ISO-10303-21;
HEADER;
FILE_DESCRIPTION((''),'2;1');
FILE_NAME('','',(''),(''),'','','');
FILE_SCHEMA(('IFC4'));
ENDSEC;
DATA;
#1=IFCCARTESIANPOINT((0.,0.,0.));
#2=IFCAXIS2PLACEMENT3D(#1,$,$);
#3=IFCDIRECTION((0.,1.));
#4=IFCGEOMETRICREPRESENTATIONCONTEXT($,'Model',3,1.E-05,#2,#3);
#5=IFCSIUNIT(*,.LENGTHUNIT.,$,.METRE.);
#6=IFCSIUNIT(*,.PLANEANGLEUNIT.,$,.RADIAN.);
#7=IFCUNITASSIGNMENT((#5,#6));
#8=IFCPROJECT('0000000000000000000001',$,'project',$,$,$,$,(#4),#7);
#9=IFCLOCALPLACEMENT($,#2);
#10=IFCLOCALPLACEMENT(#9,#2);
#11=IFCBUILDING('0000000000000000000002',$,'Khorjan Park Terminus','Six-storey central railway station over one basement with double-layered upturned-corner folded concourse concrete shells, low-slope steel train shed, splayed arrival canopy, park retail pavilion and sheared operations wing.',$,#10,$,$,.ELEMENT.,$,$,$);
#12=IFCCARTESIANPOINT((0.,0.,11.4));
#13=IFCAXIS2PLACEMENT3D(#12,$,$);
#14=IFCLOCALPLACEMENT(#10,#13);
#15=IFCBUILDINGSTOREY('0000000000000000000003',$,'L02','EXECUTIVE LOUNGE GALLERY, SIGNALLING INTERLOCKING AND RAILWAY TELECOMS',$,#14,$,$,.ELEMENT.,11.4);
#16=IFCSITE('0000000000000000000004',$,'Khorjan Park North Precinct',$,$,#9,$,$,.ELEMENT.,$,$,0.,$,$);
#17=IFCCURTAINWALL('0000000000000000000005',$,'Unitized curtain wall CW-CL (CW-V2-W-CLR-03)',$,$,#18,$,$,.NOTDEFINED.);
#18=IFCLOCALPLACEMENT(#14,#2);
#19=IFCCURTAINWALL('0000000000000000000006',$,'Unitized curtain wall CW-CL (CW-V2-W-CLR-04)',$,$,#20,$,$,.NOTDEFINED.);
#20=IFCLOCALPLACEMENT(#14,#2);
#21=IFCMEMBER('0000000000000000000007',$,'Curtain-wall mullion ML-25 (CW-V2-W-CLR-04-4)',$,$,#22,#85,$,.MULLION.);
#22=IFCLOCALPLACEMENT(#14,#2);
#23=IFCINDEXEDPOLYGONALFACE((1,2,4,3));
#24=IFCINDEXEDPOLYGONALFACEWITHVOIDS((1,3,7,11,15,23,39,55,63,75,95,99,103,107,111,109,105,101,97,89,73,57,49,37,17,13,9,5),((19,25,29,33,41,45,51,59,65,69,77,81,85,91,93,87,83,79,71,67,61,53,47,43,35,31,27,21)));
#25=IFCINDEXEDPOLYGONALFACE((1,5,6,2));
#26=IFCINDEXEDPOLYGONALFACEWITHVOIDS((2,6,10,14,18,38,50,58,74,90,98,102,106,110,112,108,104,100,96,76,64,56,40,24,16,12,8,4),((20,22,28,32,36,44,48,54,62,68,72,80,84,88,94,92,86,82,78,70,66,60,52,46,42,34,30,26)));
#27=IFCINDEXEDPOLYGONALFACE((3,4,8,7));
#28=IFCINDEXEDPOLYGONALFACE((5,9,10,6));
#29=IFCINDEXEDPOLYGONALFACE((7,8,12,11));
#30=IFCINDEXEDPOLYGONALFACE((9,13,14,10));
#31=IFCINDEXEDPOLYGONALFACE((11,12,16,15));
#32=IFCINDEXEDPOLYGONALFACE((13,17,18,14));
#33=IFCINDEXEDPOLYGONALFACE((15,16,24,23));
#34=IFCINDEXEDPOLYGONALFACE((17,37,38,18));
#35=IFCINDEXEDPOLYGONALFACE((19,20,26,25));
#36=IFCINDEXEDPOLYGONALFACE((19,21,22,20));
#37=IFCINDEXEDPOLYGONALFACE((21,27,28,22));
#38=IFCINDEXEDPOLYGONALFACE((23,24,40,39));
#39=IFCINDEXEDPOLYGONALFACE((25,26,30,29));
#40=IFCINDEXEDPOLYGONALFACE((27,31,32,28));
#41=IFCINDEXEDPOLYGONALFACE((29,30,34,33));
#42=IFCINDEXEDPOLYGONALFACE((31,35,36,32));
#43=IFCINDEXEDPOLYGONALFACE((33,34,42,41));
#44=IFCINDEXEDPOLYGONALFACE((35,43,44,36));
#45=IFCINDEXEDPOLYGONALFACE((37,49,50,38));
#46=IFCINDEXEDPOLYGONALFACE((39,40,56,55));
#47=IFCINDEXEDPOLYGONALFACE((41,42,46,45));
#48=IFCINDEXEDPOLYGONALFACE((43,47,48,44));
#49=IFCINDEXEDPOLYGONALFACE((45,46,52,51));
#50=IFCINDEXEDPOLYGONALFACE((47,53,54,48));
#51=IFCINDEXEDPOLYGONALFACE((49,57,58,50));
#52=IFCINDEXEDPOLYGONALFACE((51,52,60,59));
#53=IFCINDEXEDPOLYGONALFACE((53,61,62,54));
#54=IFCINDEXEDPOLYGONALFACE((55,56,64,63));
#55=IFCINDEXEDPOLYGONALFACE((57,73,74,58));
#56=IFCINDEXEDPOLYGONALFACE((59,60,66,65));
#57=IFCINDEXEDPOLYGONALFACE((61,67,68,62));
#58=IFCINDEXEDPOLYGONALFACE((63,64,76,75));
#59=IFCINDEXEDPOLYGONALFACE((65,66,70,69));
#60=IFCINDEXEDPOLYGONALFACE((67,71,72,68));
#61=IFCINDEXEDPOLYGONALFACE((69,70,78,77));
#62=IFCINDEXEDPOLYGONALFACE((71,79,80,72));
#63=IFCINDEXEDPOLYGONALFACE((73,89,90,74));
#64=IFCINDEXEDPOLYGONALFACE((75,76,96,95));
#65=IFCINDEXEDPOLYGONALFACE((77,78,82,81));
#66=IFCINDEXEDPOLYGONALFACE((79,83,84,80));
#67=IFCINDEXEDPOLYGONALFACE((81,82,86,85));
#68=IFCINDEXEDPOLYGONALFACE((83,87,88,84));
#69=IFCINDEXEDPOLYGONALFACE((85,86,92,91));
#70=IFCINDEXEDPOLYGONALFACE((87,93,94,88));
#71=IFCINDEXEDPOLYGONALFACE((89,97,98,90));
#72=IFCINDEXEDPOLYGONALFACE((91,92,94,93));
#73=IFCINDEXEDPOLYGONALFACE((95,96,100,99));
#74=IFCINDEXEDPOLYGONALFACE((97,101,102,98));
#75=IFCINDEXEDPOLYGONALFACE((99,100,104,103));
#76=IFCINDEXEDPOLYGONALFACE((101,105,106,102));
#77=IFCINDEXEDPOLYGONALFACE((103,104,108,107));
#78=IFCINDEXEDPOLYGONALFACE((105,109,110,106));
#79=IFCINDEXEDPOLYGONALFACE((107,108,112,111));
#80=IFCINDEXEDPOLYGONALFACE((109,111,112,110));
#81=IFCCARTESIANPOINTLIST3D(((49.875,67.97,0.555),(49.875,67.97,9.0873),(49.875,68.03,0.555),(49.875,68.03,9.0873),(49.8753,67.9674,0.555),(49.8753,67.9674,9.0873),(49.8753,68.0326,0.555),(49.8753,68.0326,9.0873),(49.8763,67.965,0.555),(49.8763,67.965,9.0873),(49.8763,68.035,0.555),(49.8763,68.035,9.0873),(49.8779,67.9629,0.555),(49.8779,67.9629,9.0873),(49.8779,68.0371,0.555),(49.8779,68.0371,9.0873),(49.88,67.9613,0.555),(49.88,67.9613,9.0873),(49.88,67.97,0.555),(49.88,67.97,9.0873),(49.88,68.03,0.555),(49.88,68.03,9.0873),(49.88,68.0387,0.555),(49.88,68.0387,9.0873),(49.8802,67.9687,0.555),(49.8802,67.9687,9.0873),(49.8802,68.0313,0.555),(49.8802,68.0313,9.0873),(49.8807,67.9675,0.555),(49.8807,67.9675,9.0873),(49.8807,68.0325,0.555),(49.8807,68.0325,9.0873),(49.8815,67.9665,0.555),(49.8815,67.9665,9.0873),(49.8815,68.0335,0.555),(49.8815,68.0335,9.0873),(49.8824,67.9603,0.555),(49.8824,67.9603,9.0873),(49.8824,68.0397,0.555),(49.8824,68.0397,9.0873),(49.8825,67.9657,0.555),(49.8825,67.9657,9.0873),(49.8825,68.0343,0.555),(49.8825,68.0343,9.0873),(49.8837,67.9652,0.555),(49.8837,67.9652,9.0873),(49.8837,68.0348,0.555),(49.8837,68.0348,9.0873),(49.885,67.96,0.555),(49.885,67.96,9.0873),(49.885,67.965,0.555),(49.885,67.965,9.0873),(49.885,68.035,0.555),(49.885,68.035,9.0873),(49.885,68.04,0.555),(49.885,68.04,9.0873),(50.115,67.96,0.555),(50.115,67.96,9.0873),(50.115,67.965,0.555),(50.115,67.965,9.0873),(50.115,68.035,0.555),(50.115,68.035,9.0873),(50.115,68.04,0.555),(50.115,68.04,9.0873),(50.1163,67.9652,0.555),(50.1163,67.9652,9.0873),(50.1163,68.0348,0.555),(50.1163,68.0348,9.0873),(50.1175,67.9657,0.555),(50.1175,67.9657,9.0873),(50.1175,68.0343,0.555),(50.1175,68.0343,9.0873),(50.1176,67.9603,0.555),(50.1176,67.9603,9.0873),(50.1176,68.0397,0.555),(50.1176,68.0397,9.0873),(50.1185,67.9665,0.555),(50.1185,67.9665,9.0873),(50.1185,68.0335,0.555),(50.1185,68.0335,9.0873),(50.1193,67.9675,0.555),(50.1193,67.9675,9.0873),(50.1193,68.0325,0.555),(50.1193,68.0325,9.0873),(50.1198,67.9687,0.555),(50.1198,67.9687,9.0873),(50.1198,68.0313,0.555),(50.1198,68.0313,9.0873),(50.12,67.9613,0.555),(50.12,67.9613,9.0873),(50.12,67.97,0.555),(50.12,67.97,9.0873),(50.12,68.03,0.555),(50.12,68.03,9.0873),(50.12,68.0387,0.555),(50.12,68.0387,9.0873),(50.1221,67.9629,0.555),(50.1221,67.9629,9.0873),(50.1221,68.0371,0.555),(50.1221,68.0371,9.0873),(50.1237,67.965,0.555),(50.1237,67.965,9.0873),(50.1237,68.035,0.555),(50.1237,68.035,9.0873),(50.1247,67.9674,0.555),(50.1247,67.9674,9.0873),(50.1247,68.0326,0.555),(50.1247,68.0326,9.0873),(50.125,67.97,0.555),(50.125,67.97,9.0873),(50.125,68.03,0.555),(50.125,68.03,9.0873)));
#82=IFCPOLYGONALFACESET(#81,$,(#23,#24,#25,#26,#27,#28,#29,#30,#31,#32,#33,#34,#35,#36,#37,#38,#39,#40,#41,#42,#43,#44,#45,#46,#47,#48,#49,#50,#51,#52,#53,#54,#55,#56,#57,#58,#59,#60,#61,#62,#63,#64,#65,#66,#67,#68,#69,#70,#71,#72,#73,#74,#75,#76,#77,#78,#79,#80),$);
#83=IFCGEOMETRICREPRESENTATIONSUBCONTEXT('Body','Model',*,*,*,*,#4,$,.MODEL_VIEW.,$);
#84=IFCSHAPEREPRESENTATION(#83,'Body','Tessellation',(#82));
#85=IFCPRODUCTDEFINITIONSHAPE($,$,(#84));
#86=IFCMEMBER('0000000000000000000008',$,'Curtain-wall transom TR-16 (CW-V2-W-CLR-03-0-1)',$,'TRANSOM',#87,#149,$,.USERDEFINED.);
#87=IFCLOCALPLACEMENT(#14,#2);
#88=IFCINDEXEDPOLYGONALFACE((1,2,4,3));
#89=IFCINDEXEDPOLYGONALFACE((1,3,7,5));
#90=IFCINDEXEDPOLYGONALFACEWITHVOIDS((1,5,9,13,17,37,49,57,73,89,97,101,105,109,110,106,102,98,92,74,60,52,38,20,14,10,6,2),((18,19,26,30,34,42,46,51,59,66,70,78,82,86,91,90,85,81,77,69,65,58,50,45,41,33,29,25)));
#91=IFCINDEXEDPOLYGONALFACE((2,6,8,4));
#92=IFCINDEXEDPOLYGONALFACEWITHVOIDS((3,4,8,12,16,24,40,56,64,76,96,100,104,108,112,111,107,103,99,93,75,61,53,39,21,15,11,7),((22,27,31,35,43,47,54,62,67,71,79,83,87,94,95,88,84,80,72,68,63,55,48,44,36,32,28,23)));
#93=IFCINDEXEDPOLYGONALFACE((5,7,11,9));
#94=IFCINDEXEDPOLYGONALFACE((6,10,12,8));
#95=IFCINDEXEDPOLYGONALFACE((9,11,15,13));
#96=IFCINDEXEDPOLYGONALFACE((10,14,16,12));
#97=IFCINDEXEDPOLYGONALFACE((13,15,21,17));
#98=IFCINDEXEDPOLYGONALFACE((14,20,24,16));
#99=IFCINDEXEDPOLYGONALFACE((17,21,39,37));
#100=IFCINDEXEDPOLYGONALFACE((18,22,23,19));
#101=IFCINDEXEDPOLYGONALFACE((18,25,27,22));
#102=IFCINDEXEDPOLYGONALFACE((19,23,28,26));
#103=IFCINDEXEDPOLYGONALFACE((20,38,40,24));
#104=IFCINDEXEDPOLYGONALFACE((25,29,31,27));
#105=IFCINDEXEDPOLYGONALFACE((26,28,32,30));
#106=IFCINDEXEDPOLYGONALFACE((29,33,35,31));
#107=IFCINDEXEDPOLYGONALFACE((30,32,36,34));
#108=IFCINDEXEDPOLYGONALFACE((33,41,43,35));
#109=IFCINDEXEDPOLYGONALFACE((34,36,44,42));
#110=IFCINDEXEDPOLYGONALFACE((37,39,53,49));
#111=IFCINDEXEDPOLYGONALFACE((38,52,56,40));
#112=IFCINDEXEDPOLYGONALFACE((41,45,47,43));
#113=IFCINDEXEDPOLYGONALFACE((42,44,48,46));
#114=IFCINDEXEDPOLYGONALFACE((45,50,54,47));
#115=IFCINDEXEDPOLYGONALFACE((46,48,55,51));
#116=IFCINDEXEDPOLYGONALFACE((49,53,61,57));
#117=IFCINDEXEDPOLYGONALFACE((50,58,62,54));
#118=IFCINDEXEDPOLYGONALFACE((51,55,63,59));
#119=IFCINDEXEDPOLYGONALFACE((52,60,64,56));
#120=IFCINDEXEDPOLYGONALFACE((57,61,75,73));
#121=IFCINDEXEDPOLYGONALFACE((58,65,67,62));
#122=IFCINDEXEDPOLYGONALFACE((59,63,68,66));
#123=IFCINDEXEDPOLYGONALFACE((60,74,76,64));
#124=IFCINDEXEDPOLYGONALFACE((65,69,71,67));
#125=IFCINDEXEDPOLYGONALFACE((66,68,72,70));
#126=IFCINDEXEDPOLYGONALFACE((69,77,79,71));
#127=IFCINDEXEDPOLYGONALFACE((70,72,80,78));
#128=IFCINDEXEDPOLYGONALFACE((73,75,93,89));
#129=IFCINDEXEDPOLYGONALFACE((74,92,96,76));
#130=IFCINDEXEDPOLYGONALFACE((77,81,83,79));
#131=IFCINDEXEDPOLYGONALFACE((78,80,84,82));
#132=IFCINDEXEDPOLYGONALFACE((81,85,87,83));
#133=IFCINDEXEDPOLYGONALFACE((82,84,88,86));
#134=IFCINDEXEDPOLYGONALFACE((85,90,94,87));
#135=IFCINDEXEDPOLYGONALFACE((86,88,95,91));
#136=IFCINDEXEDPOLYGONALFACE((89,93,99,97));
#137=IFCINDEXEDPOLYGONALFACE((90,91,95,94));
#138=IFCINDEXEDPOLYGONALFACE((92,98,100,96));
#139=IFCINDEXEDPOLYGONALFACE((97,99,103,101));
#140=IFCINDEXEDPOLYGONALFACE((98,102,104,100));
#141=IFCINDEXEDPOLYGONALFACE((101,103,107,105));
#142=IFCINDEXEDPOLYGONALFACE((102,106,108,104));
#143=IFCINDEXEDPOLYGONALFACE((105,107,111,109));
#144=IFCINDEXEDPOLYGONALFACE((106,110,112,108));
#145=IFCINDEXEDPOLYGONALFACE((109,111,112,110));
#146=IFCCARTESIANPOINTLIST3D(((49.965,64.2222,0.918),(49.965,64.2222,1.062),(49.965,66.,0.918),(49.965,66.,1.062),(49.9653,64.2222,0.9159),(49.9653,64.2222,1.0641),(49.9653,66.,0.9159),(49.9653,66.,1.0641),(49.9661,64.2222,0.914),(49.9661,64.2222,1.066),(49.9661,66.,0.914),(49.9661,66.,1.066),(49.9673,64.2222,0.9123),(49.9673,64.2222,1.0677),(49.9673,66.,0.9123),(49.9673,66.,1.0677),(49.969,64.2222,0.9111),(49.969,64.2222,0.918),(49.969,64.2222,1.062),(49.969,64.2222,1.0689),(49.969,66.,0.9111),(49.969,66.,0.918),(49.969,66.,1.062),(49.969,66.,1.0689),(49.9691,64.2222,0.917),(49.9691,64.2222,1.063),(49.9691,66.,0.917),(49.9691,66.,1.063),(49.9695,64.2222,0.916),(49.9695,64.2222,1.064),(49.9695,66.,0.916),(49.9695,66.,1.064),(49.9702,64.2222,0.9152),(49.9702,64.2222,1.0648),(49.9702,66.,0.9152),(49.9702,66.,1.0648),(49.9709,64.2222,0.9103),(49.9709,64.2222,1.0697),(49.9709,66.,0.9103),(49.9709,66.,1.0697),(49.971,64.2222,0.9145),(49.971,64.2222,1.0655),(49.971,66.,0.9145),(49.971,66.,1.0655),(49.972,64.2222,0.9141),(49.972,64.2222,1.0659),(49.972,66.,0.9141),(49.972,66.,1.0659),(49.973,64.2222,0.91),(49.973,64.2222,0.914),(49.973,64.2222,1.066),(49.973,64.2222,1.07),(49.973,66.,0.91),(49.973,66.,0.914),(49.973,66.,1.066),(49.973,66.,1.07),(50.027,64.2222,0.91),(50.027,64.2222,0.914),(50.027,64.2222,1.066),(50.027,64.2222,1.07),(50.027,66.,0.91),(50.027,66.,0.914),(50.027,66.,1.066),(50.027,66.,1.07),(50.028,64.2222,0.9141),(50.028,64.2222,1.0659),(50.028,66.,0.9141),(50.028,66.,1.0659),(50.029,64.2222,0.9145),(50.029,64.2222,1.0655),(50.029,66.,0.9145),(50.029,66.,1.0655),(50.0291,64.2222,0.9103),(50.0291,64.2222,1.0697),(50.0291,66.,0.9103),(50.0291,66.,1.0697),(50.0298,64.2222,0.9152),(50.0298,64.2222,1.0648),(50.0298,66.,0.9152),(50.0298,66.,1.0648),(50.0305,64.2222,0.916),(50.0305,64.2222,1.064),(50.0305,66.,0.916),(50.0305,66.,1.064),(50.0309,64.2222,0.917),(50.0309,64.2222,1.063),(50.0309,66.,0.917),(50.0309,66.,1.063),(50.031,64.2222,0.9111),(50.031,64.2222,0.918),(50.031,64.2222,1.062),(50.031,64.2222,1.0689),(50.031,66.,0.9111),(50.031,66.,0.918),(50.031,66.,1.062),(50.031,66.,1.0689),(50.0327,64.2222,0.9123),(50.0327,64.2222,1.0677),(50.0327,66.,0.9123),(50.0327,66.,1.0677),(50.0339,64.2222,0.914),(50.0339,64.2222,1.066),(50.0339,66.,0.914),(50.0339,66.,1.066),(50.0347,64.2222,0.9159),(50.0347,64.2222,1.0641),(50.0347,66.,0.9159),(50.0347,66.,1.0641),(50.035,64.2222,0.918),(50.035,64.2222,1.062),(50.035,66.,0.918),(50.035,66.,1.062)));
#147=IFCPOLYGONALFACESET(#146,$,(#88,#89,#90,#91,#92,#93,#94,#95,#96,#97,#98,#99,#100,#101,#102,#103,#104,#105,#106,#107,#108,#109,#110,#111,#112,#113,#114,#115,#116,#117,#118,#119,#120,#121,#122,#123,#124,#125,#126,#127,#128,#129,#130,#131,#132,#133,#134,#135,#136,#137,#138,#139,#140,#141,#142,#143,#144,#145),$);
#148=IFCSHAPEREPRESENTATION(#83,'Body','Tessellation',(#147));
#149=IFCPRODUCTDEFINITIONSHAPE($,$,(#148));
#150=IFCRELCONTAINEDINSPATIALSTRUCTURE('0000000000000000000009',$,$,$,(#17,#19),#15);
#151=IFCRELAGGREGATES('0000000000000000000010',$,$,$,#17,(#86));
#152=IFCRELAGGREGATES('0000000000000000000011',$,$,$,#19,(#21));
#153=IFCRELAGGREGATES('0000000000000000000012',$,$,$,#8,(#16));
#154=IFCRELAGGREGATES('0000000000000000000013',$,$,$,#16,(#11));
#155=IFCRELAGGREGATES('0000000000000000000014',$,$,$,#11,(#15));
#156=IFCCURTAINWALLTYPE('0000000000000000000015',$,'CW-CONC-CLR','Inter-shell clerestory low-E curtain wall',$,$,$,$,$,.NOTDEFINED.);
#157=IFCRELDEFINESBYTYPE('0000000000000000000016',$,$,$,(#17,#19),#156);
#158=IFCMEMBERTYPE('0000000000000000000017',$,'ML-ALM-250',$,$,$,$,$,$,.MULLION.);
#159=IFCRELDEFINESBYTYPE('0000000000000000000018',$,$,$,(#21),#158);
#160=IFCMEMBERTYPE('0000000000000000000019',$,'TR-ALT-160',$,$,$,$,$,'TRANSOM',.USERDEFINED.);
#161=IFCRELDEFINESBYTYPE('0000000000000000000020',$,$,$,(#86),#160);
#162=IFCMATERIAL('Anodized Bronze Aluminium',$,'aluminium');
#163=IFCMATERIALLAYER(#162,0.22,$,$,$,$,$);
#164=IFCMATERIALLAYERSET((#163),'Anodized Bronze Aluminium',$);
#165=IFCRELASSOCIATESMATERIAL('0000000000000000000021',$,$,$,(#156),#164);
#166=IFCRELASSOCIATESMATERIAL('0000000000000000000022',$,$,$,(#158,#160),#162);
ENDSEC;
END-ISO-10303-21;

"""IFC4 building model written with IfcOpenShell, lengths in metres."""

from ifc_helpers import new_model, si_unit, direction, frame, origin, origin_2d, place, context, subcontext, project, spatial, hollow_rectangle, extrude, material, layer, layer_set, material_profile, profile_set, type_object, element, aggregate, save


model = new_model("IFC4")

# Units and contexts
model_context = context("Model", 3, precision=1e-05, world=origin(), true_north=direction((0.0, 1.0)))
body_context = subcontext(model_context, "Body", "Model", "MODEL_VIEW")
ifc_project = project(units=[si_unit("LENGTHUNIT", "METRE"), si_unit("PLANEANGLEUNIT", "RADIAN")], contexts=[model_context])

# Site, building, storey
site_placement = place(None, origin())
site = spatial("IfcSite", under=ifc_project, at=site_placement, Name="Khorjan Park North Precinct", CompositionType="ELEMENT", RefElevation=0.0)
building_placement = place(site_placement, origin())
building = spatial("IfcBuilding", under=site, at=building_placement, Name="Khorjan Park Terminus", Description="Six-storey central railway station over one basement with double-layered upturned-corner folded concourse concrete shells, low-slope steel train shed, splayed arrival canopy, park retail pavilion and sheared operations wing.", CompositionType="ELEMENT")
storey_placement = place(building_placement, frame((0.0, 0.0, 11.4)))
storey = spatial("IfcBuildingStorey", under=building, at=storey_placement, Name="L02", Description="EXECUTIVE LOUNGE GALLERY, SIGNALLING INTERLOCKING AND RAILWAY TELECOMS", CompositionType="ELEMENT", Elevation=11.4)

# Curtain wall
ifc_material_1 = material(Name="Anodized Bronze Aluminium", Category="aluminium")
ifc_layer_1 = layer(ifc_material_1, 0.22)
ifc_layer_set_1 = layer_set([ifc_layer_1], Name="Anodized Bronze Aluminium")
curtain_wall_type = type_object("IfcCurtainWallType", Name="CW-CONC-CLR", Description="Inter-shell clerestory low-E curtain wall", PredefinedType="NOTDEFINED", material=ifc_layer_set_1)
curtain_wall_1_placement = place(storey_placement, origin())
curtain_wall_1 = element("IfcCurtainWall", 1, at=curtain_wall_1_placement, inside=storey, type_object=curtain_wall_type, Name="Unitized curtain wall CW-CL (CW-V2-W-CLR-03)", PredefinedType="NOTDEFINED")
ifc_material_profile_1 = material_profile(ifc_material_1, hollow_rectangle(XDim=0.08, YDim=0.25, WallThickness=0.005, InnerFilletRadius=0.005, OuterFilletRadius=0.01, at=origin_2d()), Name="ALM 80x250x5")
ifc_profile_set_1 = profile_set([ifc_material_profile_1], Name="Anodized Bronze Aluminium")
member_type_1 = type_object("IfcMemberType", Name="ML-ALM-250", PredefinedType="MULLION", material=ifc_profile_set_1)

# Curtain wall, member
curtain_wall_2_placement = place(storey_placement, origin())
curtain_wall_2 = element("IfcCurtainWall", 2, at=curtain_wall_2_placement, inside=storey, type_object=curtain_wall_type, Name="Unitized curtain wall CW-CL (CW-V2-W-CLR-04)", PredefinedType="NOTDEFINED")
member_1_placement = place(storey_placement, frame((50.0, 68.0, 0.555), z_axis=(0.0, 0.0, 1.0), x_axis=(0.0, -1.0, 0.0)))
member_1 = element("IfcMember", 3, at=member_1_placement, type_object=member_type_1, Name="Curtain-wall mullion ML-25 (CW-V2-W-CLR-04-4)", PredefinedType="MULLION", context=body_context, shape_type="SweptSolid", body=[
    extrude(hollow_rectangle(XDim=0.08, YDim=0.25, WallThickness=0.005, InnerFilletRadius=0.005, OuterFilletRadius=0.01, at=origin_2d()), origin(), (0.0, 0.0, 1.0), 8.5323),
])

# Member
ifc_material_profile_2 = material_profile(ifc_material_1, hollow_rectangle(XDim=0.07, YDim=0.16, WallThickness=0.004, InnerFilletRadius=0.004, OuterFilletRadius=0.008, at=origin_2d()), Name="ALT 70x160x4")
ifc_profile_set_2 = profile_set([ifc_material_profile_2], Name="Anodized Bronze Aluminium")
member_type_2 = type_object("IfcMemberType", Name="TR-ALT-160", ElementType="TRANSOM", PredefinedType="USERDEFINED", material=ifc_profile_set_2)
member_2_placement = place(storey_placement, frame((50.0, 66.0, 0.99), z_axis=(0.0, -1.0, 0.0), x_axis=(1.0, 0.0, 0.0)))
member_2 = element("IfcMember", 4, at=member_2_placement, type_object=member_type_2, Name="Curtain-wall transom TR-16 (CW-V2-W-CLR-03-0-1)", ObjectType="TRANSOM", PredefinedType="USERDEFINED", context=body_context, shape_type="SweptSolid", body=[
    extrude(hollow_rectangle(XDim=0.07, YDim=0.16, WallThickness=0.004, InnerFilletRadius=0.004, OuterFilletRadius=0.008, at=origin_2d()), origin(), (0.0, 0.0, 1.0), 1.7778),
])

aggregate(curtain_wall_1, [member_2])
aggregate(curtain_wall_2, [member_1])

save(model, "model.ifc")
